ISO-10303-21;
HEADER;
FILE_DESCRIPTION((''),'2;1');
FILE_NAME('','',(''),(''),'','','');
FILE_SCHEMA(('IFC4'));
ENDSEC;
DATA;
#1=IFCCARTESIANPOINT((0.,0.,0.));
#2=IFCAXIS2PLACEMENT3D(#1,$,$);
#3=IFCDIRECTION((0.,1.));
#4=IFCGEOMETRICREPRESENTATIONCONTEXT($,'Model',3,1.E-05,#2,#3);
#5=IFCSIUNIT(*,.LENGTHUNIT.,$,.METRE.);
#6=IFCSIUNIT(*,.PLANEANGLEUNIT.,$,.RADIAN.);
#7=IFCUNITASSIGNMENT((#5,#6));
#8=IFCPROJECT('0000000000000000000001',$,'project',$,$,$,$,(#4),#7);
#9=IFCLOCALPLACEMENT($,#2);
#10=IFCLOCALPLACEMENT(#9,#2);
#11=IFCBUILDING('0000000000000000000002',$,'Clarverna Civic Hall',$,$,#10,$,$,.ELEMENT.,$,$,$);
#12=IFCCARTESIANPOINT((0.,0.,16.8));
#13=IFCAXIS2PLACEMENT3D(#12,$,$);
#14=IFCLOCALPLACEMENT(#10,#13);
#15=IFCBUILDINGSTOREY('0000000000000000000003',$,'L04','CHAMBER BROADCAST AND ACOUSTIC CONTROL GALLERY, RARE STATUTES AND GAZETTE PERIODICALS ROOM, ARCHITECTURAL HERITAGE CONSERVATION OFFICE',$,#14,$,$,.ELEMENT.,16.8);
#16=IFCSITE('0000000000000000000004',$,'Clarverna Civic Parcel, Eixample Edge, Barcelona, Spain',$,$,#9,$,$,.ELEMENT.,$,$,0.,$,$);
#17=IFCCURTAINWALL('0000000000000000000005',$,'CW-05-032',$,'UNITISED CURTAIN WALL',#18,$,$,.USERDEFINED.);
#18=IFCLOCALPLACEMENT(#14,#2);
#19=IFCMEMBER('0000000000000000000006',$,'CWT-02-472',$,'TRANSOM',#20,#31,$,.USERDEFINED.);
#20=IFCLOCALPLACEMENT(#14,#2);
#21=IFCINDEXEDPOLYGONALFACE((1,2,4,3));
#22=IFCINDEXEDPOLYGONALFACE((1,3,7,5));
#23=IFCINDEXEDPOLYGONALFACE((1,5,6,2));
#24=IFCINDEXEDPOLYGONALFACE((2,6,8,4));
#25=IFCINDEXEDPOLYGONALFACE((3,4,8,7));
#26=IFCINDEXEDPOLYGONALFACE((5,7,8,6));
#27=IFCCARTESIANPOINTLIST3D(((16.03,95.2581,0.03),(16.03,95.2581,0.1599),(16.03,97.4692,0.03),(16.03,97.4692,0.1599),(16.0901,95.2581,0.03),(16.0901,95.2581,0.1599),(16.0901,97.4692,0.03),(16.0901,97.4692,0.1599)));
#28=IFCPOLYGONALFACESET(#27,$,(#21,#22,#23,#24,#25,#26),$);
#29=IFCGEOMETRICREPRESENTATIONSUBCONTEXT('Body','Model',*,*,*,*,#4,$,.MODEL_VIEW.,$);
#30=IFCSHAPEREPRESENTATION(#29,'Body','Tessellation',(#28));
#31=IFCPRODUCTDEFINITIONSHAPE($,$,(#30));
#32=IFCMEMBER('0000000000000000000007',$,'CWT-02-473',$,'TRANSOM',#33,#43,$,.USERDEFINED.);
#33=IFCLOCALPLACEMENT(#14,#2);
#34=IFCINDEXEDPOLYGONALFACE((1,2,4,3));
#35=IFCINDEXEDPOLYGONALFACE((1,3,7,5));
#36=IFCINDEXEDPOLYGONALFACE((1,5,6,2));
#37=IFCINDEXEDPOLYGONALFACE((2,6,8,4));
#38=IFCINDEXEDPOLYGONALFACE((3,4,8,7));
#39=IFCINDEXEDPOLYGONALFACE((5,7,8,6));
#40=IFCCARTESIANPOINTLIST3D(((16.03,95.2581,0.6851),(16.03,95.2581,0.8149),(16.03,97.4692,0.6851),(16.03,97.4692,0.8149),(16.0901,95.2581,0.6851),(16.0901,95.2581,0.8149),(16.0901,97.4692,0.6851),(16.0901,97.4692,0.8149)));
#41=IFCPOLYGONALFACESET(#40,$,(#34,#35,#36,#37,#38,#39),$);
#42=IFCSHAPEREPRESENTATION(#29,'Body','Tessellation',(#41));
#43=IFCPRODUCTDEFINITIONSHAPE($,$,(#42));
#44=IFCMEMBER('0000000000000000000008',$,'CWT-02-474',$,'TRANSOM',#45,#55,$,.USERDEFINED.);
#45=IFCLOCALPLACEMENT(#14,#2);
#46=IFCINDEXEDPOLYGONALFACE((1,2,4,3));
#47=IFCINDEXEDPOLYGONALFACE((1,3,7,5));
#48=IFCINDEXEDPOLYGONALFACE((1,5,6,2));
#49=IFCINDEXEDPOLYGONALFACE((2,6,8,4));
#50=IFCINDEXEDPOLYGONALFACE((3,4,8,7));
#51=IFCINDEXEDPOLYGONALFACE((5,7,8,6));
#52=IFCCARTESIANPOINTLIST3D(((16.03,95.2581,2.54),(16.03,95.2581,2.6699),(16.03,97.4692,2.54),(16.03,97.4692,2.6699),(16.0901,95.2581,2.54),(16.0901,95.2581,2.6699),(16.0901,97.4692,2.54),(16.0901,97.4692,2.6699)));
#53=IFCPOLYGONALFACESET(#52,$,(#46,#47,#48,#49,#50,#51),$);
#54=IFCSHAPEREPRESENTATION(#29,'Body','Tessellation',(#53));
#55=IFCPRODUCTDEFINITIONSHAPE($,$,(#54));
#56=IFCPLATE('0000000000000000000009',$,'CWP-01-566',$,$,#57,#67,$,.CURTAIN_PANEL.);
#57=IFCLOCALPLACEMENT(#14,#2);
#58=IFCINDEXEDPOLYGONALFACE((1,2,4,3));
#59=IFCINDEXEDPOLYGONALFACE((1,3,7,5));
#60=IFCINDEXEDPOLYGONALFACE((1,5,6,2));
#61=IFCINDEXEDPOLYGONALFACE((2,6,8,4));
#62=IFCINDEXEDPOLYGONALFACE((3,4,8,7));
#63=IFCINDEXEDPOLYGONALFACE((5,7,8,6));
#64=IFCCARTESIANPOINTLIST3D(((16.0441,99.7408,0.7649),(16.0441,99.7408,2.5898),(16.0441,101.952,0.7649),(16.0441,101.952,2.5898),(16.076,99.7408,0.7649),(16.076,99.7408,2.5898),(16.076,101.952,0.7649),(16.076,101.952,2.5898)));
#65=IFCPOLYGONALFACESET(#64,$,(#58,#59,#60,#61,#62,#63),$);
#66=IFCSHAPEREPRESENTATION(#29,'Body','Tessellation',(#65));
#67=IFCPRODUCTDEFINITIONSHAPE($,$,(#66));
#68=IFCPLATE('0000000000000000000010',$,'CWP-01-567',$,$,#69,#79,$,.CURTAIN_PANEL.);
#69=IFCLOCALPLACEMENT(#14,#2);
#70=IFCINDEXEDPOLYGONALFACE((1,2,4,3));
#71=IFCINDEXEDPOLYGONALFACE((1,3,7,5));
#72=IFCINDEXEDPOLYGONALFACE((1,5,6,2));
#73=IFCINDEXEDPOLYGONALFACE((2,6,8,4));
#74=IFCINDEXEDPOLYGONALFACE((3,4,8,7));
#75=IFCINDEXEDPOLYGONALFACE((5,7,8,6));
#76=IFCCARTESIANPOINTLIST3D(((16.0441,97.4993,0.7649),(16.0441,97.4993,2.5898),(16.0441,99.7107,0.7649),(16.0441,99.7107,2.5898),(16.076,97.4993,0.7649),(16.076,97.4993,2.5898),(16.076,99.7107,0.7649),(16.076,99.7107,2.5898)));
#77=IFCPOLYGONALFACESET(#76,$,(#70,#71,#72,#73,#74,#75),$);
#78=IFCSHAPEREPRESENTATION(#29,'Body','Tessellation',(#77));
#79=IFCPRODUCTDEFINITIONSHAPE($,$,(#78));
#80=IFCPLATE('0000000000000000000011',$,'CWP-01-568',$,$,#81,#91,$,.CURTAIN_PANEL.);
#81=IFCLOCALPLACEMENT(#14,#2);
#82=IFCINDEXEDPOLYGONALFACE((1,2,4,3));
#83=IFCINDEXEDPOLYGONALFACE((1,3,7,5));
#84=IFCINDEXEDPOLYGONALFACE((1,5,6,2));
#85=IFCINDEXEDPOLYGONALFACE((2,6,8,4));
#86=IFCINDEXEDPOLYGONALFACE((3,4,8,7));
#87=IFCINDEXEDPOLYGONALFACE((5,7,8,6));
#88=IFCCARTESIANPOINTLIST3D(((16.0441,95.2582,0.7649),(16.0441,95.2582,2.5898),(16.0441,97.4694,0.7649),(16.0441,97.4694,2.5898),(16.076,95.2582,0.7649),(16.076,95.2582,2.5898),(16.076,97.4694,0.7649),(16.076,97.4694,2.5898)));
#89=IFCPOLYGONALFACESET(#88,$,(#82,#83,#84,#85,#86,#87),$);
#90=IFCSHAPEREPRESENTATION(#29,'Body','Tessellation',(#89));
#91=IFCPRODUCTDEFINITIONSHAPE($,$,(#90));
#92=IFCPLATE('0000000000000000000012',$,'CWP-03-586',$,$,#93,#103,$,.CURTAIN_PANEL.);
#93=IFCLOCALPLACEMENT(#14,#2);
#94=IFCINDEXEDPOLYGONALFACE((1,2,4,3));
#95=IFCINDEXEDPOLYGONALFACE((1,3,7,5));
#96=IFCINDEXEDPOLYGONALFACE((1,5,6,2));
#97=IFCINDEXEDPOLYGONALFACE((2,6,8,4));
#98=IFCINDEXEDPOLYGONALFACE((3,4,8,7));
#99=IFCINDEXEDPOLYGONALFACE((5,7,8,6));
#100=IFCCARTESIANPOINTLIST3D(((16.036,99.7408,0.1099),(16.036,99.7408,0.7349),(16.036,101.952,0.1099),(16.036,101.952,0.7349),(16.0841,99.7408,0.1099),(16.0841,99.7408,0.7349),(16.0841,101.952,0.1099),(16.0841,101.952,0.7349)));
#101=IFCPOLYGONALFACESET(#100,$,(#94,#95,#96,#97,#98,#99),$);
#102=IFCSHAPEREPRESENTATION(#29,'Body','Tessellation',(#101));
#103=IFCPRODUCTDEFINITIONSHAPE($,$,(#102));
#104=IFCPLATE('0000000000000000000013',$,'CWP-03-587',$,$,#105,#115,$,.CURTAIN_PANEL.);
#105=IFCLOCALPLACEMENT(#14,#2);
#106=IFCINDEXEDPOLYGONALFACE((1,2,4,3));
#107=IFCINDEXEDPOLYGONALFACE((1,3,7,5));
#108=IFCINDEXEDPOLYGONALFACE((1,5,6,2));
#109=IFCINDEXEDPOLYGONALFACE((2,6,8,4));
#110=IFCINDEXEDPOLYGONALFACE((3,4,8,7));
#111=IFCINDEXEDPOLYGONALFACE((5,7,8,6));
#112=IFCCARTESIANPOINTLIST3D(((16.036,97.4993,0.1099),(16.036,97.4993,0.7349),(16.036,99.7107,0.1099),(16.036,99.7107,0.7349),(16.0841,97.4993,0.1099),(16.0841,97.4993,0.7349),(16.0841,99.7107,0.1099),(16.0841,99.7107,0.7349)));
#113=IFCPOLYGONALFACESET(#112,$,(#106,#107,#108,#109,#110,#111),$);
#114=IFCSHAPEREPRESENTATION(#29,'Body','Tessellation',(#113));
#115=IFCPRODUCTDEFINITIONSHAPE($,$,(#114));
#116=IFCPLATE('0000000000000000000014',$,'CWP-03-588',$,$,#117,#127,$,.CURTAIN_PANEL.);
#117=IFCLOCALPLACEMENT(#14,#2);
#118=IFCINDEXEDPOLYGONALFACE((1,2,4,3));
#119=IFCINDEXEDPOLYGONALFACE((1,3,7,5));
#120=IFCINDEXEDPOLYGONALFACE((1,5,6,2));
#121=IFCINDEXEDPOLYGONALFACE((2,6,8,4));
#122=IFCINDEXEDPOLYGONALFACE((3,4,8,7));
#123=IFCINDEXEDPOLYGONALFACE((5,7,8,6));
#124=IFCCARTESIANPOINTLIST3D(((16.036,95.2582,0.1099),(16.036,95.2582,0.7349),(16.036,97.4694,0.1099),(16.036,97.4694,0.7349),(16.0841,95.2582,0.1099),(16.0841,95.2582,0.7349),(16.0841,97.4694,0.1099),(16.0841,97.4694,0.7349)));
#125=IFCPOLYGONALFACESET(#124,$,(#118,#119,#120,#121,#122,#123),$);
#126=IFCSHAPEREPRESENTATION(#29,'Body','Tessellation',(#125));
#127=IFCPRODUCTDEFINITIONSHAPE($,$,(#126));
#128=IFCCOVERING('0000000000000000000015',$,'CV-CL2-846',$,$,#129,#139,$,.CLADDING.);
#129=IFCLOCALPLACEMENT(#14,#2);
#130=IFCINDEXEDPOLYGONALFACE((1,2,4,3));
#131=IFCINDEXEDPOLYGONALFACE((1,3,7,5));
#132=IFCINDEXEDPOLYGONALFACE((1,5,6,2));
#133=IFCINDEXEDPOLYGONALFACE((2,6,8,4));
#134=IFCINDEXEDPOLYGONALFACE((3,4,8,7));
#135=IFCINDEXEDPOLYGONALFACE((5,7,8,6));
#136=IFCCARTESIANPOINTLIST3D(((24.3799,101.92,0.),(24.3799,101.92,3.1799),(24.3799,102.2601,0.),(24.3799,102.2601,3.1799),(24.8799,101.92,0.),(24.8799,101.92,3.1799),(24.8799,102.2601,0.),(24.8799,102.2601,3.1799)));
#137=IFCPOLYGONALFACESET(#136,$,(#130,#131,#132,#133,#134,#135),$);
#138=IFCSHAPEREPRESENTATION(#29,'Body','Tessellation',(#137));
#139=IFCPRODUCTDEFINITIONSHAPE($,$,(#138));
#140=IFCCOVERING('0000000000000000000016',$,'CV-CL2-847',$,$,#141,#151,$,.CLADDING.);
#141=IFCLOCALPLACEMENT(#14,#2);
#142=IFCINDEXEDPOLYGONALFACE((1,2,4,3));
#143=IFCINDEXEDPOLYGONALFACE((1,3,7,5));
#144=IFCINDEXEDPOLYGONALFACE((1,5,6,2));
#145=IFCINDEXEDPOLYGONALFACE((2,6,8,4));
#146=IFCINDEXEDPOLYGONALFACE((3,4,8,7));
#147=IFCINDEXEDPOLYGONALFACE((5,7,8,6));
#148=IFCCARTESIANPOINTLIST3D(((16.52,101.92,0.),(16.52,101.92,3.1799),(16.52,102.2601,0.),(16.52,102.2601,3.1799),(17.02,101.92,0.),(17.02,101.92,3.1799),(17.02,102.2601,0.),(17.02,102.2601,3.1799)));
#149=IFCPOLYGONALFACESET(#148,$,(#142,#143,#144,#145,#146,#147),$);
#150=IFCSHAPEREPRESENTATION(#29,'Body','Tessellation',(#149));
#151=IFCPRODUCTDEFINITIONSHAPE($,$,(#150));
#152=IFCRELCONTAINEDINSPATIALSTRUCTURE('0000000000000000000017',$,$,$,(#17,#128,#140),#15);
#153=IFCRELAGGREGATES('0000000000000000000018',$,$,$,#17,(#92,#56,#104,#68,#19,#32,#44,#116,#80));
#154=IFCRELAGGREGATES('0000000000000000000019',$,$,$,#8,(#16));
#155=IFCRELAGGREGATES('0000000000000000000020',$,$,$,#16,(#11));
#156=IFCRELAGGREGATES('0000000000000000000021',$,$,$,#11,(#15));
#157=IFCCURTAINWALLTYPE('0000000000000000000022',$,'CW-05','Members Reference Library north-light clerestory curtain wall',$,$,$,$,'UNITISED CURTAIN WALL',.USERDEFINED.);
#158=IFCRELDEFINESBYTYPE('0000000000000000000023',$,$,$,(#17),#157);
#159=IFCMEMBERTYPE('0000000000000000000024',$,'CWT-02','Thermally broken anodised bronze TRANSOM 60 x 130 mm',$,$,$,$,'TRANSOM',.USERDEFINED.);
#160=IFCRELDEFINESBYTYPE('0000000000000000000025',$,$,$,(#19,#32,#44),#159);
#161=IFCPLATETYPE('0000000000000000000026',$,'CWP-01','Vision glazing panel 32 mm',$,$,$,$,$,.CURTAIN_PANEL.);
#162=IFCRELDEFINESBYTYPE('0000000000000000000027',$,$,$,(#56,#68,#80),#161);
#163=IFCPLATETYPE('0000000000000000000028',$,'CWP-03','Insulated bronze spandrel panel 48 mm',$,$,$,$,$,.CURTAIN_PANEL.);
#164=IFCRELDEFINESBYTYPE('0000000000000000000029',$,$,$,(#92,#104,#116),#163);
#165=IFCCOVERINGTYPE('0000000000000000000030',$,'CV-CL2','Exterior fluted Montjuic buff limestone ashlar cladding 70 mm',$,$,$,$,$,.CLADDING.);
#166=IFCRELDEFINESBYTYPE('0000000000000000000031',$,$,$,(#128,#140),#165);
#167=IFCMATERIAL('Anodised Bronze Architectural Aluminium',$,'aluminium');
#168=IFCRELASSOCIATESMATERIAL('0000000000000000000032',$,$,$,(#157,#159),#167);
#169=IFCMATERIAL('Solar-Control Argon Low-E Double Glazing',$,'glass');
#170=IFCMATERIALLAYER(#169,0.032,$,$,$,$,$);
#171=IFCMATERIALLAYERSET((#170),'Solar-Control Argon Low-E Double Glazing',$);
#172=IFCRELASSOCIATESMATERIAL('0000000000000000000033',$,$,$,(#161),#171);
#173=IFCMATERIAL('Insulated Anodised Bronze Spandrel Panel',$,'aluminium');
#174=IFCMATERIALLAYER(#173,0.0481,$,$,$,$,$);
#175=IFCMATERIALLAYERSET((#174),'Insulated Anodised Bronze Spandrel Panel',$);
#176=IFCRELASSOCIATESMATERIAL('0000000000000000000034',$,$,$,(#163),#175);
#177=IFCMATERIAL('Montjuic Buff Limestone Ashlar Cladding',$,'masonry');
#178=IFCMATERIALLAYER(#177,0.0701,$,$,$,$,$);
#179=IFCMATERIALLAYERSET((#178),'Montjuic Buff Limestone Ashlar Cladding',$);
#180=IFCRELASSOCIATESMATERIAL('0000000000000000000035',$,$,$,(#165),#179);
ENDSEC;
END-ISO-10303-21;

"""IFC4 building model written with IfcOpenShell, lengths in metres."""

from ifc_helpers import new_model, si_unit, direction, frame, frame_2d, origin, origin_2d, place, context, subcontext, project, spatial, rectangle, extrude, material, layer, layer_set, material_profile, profile_set, type_object, element, aggregate, save


model = new_model("IFC4")

# Units and contexts
model_context = context("Model", 3, precision=1e-05, world=origin(), true_north=direction((0.0, 1.0)))
body_context = subcontext(model_context, "Body", "Model", "MODEL_VIEW")
ifc_project = project(units=[si_unit("LENGTHUNIT", "METRE"), si_unit("PLANEANGLEUNIT", "RADIAN")], contexts=[model_context])

# Site, building, storey
site_placement = place(None, origin())
site = spatial("IfcSite", under=ifc_project, at=site_placement, Name="Clarverna Civic Parcel, Eixample Edge, Barcelona, Spain", CompositionType="ELEMENT", RefElevation=0.0)
building_placement = place(site_placement, origin())
building = spatial("IfcBuilding", under=site, at=building_placement, Name="Clarverna Civic Hall", CompositionType="ELEMENT")
storey_placement = place(building_placement, frame((0.0, 0.0, 16.8)))
storey = spatial("IfcBuildingStorey", under=building, at=storey_placement, Name="L04", Description="CHAMBER BROADCAST AND ACOUSTIC CONTROL GALLERY, RARE STATUTES AND GAZETTE PERIODICALS ROOM, ARCHITECTURAL HERITAGE CONSERVATION OFFICE", CompositionType="ELEMENT", Elevation=16.8)

# Curtain wall, members, plates
ifc_material_1 = material(Name="Anodised Bronze Architectural Aluminium", Category="aluminium")
curtain_wall_type = type_object("IfcCurtainWallType", Name="CW-05", Description="Members Reference Library north-light clerestory curtain wall", ElementType="UNITISED CURTAIN WALL", PredefinedType="USERDEFINED", material=ifc_material_1)
curtain_wall_placement = place(storey_placement, origin())
curtain_wall = element("IfcCurtainWall", 1, at=curtain_wall_placement, inside=storey, type_object=curtain_wall_type, Name="CW-05-032", ObjectType="UNITISED CURTAIN WALL", PredefinedType="USERDEFINED")
ifc_material_profile_1 = material_profile(ifc_material_1, rectangle(XDim=0.0601, YDim=0.1299, at=origin_2d()), Name="BRONZE 60x130")
ifc_profile_set_1 = profile_set([ifc_material_profile_1], Name="Anodised Bronze Architectural Aluminium")
member_type_1 = type_object("IfcMemberType", Name="CWT-02", Description="Thermally broken anodised bronze TRANSOM 60 x 130 mm", ElementType="TRANSOM", PredefinedType="USERDEFINED", material=ifc_profile_set_1)
member_1_placement = place(storey_placement, frame((16.0601, 97.4692, 0.095), z_axis=(0.0, -1.0, 0.0), x_axis=(1.0, 0.0, 0.0)))
member_1 = element("IfcMember", 2, at=member_1_placement, type_object=member_type_1, Name="CWT-02-472", ObjectType="TRANSOM", PredefinedType="USERDEFINED", context=body_context, shape_type="SweptSolid", body=[
    extrude(rectangle(XDim=0.0601, YDim=0.1299, at=origin_2d()), origin(), (0.0, 0.0, 1.0), 2.2112),
])
member_2_placement = place(storey_placement, frame((16.0601, 97.4692, 0.75), z_axis=(0.0, -1.0, 0.0), x_axis=(1.0, 0.0, 0.0)))
member_2 = element("IfcMember", 3, at=member_2_placement, type_object=member_type_1, Name="CWT-02-473", ObjectType="TRANSOM", PredefinedType="USERDEFINED", context=body_context, shape_type="SweptSolid", body=[
    extrude(rectangle(XDim=0.0601, YDim=0.1299, at=origin_2d()), origin(), (0.0, 0.0, 1.0), 2.2112),
])
member_3_placement = place(storey_placement, frame((16.0601, 97.4692, 2.605), z_axis=(0.0, -1.0, 0.0), x_axis=(1.0, 0.0, 0.0)))
member_3 = element("IfcMember", 4, at=member_3_placement, type_object=member_type_1, Name="CWT-02-474", ObjectType="TRANSOM", PredefinedType="USERDEFINED", context=body_context, shape_type="SweptSolid", body=[
    extrude(rectangle(XDim=0.0601, YDim=0.1299, at=origin_2d()), origin(), (0.0, 0.0, 1.0), 2.2112),
])
ifc_material_2 = material(Name="Solar-Control Argon Low-E Double Glazing", Category="glass")
ifc_layer_1 = layer(ifc_material_2, 0.032)
ifc_layer_set_1 = layer_set([ifc_layer_1], Name="Solar-Control Argon Low-E Double Glazing")
plate_type_1 = type_object("IfcPlateType", Name="CWP-01", Description="Vision glazing panel 32 mm", PredefinedType="CURTAIN_PANEL", material=ifc_layer_set_1)
plate_1_placement = place(storey_placement, frame((16.0601, 101.9519, 0.7649), z_axis=(0.0, 0.0, 1.0), x_axis=(0.0, -1.0, 0.0)))
plate_1 = element("IfcPlate", 5, at=plate_1_placement, type_object=plate_type_1, Name="CWP-01-566", PredefinedType="CURTAIN_PANEL", context=body_context, shape_type="SweptSolid", body=[
    extrude(rectangle(XDim=2.2112, YDim=0.032, at=frame_2d((1.1055, 0.0))), origin(), (0.0, 0.0, 1.0), 1.825),
])
plate_2_placement = place(storey_placement, frame((16.0601, 99.7107, 0.7649), z_axis=(0.0, 0.0, 1.0), x_axis=(0.0, -1.0, 0.0)))
plate_2 = element("IfcPlate", 6, at=plate_2_placement, type_object=plate_type_1, Name="CWP-01-567", PredefinedType="CURTAIN_PANEL", context=body_context, shape_type="SweptSolid", body=[
    extrude(rectangle(XDim=2.2114, YDim=0.032, at=frame_2d((1.1057, 0.0))), origin(), (0.0, 0.0, 1.0), 1.825),
])
plate_3_placement = place(storey_placement, frame((16.0601, 97.4692, 0.7649), z_axis=(0.0, 0.0, 1.0), x_axis=(0.0, -1.0, 0.0)))
plate_3 = element("IfcPlate", 7, at=plate_3_placement, type_object=plate_type_1, Name="CWP-01-568", PredefinedType="CURTAIN_PANEL", context=body_context, shape_type="SweptSolid", body=[
    extrude(rectangle(XDim=2.2112, YDim=0.032, at=frame_2d((1.1055, 0.0))), origin(), (0.0, 0.0, 1.0), 1.825),
])
ifc_material_3 = material(Name="Insulated Anodised Bronze Spandrel Panel", Category="aluminium")
ifc_layer_2 = layer(ifc_material_3, 0.0481)
ifc_layer_set_2 = layer_set([ifc_layer_2], Name="Insulated Anodised Bronze Spandrel Panel")
plate_type_2 = type_object("IfcPlateType", Name="CWP-03", Description="Insulated bronze spandrel panel 48 mm", PredefinedType="CURTAIN_PANEL", material=ifc_layer_set_2)
plate_4_placement = place(storey_placement, frame((16.0601, 101.9519, 0.1099), z_axis=(0.0, 0.0, 1.0), x_axis=(0.0, -1.0, 0.0)))
plate_4 = element("IfcPlate", 8, at=plate_4_placement, type_object=plate_type_2, Name="CWP-03-586", PredefinedType="CURTAIN_PANEL", context=body_context, shape_type="SweptSolid", body=[
    extrude(rectangle(XDim=2.2112, YDim=0.0481, at=frame_2d((1.1055, 0.0))), origin(), (0.0, 0.0, 1.0), 0.625),
])
plate_5_placement = place(storey_placement, frame((16.0601, 99.7107, 0.1099), z_axis=(0.0, 0.0, 1.0), x_axis=(0.0, -1.0, 0.0)))
plate_5 = element("IfcPlate", 9, at=plate_5_placement, type_object=plate_type_2, Name="CWP-03-587", PredefinedType="CURTAIN_PANEL", context=body_context, shape_type="SweptSolid", body=[
    extrude(rectangle(XDim=2.2114, YDim=0.0481, at=frame_2d((1.1057, 0.0))), origin(), (0.0, 0.0, 1.0), 0.625),
])
plate_6_placement = place(storey_placement, frame((16.0601, 97.4692, 0.1099), z_axis=(0.0, 0.0, 1.0), x_axis=(0.0, -1.0, 0.0)))
plate_6 = element("IfcPlate", 10, at=plate_6_placement, type_object=plate_type_2, Name="CWP-03-588", PredefinedType="CURTAIN_PANEL", context=body_context, shape_type="SweptSolid", body=[
    extrude(rectangle(XDim=2.2112, YDim=0.0481, at=frame_2d((1.1055, 0.0))), origin(), (0.0, 0.0, 1.0), 0.625),
])
aggregate(curtain_wall, [plate_4, plate_1, plate_5, plate_2, member_1, member_2, member_3, plate_6, plate_3])

# Coverings
ifc_material_4 = material(Name="Montjuic Buff Limestone Ashlar Cladding", Category="masonry")
ifc_layer_3 = layer(ifc_material_4, 0.0701)
ifc_layer_set_3 = layer_set([ifc_layer_3], Name="Montjuic Buff Limestone Ashlar Cladding")
covering_type = type_object("IfcCoveringType", Name="CV-CL2", Description="Exterior fluted Montjuic buff limestone ashlar cladding 70 mm", PredefinedType="CLADDING", material=ifc_layer_set_3)
for number, where, z_axis, x_axis, name in (
    (11, (24.8799, 102.0901, 0.0), (0.0, 0.0, 1.0), (-1.0, 0.0, 0.0), "CV-CL2-846"),
    (12, (17.02, 102.0901, 0.0), (0.0, 0.0, 1.0), (-1.0, 0.0, 0.0), "CV-CL2-847"),
):
    element("IfcCovering", number, at=place(storey_placement, frame(where, z_axis=z_axis, x_axis=x_axis)), inside=storey, type_object=covering_type, Name=name, PredefinedType="CLADDING", context=body_context, shape_type="SweptSolid", body=[
        extrude(rectangle(XDim=0.5, YDim=0.3401, at=frame_2d((0.25, 0.0))), origin(), (0.0, 0.0, 1.0), 3.1799),
    ])

save(model, "model.ifc")
